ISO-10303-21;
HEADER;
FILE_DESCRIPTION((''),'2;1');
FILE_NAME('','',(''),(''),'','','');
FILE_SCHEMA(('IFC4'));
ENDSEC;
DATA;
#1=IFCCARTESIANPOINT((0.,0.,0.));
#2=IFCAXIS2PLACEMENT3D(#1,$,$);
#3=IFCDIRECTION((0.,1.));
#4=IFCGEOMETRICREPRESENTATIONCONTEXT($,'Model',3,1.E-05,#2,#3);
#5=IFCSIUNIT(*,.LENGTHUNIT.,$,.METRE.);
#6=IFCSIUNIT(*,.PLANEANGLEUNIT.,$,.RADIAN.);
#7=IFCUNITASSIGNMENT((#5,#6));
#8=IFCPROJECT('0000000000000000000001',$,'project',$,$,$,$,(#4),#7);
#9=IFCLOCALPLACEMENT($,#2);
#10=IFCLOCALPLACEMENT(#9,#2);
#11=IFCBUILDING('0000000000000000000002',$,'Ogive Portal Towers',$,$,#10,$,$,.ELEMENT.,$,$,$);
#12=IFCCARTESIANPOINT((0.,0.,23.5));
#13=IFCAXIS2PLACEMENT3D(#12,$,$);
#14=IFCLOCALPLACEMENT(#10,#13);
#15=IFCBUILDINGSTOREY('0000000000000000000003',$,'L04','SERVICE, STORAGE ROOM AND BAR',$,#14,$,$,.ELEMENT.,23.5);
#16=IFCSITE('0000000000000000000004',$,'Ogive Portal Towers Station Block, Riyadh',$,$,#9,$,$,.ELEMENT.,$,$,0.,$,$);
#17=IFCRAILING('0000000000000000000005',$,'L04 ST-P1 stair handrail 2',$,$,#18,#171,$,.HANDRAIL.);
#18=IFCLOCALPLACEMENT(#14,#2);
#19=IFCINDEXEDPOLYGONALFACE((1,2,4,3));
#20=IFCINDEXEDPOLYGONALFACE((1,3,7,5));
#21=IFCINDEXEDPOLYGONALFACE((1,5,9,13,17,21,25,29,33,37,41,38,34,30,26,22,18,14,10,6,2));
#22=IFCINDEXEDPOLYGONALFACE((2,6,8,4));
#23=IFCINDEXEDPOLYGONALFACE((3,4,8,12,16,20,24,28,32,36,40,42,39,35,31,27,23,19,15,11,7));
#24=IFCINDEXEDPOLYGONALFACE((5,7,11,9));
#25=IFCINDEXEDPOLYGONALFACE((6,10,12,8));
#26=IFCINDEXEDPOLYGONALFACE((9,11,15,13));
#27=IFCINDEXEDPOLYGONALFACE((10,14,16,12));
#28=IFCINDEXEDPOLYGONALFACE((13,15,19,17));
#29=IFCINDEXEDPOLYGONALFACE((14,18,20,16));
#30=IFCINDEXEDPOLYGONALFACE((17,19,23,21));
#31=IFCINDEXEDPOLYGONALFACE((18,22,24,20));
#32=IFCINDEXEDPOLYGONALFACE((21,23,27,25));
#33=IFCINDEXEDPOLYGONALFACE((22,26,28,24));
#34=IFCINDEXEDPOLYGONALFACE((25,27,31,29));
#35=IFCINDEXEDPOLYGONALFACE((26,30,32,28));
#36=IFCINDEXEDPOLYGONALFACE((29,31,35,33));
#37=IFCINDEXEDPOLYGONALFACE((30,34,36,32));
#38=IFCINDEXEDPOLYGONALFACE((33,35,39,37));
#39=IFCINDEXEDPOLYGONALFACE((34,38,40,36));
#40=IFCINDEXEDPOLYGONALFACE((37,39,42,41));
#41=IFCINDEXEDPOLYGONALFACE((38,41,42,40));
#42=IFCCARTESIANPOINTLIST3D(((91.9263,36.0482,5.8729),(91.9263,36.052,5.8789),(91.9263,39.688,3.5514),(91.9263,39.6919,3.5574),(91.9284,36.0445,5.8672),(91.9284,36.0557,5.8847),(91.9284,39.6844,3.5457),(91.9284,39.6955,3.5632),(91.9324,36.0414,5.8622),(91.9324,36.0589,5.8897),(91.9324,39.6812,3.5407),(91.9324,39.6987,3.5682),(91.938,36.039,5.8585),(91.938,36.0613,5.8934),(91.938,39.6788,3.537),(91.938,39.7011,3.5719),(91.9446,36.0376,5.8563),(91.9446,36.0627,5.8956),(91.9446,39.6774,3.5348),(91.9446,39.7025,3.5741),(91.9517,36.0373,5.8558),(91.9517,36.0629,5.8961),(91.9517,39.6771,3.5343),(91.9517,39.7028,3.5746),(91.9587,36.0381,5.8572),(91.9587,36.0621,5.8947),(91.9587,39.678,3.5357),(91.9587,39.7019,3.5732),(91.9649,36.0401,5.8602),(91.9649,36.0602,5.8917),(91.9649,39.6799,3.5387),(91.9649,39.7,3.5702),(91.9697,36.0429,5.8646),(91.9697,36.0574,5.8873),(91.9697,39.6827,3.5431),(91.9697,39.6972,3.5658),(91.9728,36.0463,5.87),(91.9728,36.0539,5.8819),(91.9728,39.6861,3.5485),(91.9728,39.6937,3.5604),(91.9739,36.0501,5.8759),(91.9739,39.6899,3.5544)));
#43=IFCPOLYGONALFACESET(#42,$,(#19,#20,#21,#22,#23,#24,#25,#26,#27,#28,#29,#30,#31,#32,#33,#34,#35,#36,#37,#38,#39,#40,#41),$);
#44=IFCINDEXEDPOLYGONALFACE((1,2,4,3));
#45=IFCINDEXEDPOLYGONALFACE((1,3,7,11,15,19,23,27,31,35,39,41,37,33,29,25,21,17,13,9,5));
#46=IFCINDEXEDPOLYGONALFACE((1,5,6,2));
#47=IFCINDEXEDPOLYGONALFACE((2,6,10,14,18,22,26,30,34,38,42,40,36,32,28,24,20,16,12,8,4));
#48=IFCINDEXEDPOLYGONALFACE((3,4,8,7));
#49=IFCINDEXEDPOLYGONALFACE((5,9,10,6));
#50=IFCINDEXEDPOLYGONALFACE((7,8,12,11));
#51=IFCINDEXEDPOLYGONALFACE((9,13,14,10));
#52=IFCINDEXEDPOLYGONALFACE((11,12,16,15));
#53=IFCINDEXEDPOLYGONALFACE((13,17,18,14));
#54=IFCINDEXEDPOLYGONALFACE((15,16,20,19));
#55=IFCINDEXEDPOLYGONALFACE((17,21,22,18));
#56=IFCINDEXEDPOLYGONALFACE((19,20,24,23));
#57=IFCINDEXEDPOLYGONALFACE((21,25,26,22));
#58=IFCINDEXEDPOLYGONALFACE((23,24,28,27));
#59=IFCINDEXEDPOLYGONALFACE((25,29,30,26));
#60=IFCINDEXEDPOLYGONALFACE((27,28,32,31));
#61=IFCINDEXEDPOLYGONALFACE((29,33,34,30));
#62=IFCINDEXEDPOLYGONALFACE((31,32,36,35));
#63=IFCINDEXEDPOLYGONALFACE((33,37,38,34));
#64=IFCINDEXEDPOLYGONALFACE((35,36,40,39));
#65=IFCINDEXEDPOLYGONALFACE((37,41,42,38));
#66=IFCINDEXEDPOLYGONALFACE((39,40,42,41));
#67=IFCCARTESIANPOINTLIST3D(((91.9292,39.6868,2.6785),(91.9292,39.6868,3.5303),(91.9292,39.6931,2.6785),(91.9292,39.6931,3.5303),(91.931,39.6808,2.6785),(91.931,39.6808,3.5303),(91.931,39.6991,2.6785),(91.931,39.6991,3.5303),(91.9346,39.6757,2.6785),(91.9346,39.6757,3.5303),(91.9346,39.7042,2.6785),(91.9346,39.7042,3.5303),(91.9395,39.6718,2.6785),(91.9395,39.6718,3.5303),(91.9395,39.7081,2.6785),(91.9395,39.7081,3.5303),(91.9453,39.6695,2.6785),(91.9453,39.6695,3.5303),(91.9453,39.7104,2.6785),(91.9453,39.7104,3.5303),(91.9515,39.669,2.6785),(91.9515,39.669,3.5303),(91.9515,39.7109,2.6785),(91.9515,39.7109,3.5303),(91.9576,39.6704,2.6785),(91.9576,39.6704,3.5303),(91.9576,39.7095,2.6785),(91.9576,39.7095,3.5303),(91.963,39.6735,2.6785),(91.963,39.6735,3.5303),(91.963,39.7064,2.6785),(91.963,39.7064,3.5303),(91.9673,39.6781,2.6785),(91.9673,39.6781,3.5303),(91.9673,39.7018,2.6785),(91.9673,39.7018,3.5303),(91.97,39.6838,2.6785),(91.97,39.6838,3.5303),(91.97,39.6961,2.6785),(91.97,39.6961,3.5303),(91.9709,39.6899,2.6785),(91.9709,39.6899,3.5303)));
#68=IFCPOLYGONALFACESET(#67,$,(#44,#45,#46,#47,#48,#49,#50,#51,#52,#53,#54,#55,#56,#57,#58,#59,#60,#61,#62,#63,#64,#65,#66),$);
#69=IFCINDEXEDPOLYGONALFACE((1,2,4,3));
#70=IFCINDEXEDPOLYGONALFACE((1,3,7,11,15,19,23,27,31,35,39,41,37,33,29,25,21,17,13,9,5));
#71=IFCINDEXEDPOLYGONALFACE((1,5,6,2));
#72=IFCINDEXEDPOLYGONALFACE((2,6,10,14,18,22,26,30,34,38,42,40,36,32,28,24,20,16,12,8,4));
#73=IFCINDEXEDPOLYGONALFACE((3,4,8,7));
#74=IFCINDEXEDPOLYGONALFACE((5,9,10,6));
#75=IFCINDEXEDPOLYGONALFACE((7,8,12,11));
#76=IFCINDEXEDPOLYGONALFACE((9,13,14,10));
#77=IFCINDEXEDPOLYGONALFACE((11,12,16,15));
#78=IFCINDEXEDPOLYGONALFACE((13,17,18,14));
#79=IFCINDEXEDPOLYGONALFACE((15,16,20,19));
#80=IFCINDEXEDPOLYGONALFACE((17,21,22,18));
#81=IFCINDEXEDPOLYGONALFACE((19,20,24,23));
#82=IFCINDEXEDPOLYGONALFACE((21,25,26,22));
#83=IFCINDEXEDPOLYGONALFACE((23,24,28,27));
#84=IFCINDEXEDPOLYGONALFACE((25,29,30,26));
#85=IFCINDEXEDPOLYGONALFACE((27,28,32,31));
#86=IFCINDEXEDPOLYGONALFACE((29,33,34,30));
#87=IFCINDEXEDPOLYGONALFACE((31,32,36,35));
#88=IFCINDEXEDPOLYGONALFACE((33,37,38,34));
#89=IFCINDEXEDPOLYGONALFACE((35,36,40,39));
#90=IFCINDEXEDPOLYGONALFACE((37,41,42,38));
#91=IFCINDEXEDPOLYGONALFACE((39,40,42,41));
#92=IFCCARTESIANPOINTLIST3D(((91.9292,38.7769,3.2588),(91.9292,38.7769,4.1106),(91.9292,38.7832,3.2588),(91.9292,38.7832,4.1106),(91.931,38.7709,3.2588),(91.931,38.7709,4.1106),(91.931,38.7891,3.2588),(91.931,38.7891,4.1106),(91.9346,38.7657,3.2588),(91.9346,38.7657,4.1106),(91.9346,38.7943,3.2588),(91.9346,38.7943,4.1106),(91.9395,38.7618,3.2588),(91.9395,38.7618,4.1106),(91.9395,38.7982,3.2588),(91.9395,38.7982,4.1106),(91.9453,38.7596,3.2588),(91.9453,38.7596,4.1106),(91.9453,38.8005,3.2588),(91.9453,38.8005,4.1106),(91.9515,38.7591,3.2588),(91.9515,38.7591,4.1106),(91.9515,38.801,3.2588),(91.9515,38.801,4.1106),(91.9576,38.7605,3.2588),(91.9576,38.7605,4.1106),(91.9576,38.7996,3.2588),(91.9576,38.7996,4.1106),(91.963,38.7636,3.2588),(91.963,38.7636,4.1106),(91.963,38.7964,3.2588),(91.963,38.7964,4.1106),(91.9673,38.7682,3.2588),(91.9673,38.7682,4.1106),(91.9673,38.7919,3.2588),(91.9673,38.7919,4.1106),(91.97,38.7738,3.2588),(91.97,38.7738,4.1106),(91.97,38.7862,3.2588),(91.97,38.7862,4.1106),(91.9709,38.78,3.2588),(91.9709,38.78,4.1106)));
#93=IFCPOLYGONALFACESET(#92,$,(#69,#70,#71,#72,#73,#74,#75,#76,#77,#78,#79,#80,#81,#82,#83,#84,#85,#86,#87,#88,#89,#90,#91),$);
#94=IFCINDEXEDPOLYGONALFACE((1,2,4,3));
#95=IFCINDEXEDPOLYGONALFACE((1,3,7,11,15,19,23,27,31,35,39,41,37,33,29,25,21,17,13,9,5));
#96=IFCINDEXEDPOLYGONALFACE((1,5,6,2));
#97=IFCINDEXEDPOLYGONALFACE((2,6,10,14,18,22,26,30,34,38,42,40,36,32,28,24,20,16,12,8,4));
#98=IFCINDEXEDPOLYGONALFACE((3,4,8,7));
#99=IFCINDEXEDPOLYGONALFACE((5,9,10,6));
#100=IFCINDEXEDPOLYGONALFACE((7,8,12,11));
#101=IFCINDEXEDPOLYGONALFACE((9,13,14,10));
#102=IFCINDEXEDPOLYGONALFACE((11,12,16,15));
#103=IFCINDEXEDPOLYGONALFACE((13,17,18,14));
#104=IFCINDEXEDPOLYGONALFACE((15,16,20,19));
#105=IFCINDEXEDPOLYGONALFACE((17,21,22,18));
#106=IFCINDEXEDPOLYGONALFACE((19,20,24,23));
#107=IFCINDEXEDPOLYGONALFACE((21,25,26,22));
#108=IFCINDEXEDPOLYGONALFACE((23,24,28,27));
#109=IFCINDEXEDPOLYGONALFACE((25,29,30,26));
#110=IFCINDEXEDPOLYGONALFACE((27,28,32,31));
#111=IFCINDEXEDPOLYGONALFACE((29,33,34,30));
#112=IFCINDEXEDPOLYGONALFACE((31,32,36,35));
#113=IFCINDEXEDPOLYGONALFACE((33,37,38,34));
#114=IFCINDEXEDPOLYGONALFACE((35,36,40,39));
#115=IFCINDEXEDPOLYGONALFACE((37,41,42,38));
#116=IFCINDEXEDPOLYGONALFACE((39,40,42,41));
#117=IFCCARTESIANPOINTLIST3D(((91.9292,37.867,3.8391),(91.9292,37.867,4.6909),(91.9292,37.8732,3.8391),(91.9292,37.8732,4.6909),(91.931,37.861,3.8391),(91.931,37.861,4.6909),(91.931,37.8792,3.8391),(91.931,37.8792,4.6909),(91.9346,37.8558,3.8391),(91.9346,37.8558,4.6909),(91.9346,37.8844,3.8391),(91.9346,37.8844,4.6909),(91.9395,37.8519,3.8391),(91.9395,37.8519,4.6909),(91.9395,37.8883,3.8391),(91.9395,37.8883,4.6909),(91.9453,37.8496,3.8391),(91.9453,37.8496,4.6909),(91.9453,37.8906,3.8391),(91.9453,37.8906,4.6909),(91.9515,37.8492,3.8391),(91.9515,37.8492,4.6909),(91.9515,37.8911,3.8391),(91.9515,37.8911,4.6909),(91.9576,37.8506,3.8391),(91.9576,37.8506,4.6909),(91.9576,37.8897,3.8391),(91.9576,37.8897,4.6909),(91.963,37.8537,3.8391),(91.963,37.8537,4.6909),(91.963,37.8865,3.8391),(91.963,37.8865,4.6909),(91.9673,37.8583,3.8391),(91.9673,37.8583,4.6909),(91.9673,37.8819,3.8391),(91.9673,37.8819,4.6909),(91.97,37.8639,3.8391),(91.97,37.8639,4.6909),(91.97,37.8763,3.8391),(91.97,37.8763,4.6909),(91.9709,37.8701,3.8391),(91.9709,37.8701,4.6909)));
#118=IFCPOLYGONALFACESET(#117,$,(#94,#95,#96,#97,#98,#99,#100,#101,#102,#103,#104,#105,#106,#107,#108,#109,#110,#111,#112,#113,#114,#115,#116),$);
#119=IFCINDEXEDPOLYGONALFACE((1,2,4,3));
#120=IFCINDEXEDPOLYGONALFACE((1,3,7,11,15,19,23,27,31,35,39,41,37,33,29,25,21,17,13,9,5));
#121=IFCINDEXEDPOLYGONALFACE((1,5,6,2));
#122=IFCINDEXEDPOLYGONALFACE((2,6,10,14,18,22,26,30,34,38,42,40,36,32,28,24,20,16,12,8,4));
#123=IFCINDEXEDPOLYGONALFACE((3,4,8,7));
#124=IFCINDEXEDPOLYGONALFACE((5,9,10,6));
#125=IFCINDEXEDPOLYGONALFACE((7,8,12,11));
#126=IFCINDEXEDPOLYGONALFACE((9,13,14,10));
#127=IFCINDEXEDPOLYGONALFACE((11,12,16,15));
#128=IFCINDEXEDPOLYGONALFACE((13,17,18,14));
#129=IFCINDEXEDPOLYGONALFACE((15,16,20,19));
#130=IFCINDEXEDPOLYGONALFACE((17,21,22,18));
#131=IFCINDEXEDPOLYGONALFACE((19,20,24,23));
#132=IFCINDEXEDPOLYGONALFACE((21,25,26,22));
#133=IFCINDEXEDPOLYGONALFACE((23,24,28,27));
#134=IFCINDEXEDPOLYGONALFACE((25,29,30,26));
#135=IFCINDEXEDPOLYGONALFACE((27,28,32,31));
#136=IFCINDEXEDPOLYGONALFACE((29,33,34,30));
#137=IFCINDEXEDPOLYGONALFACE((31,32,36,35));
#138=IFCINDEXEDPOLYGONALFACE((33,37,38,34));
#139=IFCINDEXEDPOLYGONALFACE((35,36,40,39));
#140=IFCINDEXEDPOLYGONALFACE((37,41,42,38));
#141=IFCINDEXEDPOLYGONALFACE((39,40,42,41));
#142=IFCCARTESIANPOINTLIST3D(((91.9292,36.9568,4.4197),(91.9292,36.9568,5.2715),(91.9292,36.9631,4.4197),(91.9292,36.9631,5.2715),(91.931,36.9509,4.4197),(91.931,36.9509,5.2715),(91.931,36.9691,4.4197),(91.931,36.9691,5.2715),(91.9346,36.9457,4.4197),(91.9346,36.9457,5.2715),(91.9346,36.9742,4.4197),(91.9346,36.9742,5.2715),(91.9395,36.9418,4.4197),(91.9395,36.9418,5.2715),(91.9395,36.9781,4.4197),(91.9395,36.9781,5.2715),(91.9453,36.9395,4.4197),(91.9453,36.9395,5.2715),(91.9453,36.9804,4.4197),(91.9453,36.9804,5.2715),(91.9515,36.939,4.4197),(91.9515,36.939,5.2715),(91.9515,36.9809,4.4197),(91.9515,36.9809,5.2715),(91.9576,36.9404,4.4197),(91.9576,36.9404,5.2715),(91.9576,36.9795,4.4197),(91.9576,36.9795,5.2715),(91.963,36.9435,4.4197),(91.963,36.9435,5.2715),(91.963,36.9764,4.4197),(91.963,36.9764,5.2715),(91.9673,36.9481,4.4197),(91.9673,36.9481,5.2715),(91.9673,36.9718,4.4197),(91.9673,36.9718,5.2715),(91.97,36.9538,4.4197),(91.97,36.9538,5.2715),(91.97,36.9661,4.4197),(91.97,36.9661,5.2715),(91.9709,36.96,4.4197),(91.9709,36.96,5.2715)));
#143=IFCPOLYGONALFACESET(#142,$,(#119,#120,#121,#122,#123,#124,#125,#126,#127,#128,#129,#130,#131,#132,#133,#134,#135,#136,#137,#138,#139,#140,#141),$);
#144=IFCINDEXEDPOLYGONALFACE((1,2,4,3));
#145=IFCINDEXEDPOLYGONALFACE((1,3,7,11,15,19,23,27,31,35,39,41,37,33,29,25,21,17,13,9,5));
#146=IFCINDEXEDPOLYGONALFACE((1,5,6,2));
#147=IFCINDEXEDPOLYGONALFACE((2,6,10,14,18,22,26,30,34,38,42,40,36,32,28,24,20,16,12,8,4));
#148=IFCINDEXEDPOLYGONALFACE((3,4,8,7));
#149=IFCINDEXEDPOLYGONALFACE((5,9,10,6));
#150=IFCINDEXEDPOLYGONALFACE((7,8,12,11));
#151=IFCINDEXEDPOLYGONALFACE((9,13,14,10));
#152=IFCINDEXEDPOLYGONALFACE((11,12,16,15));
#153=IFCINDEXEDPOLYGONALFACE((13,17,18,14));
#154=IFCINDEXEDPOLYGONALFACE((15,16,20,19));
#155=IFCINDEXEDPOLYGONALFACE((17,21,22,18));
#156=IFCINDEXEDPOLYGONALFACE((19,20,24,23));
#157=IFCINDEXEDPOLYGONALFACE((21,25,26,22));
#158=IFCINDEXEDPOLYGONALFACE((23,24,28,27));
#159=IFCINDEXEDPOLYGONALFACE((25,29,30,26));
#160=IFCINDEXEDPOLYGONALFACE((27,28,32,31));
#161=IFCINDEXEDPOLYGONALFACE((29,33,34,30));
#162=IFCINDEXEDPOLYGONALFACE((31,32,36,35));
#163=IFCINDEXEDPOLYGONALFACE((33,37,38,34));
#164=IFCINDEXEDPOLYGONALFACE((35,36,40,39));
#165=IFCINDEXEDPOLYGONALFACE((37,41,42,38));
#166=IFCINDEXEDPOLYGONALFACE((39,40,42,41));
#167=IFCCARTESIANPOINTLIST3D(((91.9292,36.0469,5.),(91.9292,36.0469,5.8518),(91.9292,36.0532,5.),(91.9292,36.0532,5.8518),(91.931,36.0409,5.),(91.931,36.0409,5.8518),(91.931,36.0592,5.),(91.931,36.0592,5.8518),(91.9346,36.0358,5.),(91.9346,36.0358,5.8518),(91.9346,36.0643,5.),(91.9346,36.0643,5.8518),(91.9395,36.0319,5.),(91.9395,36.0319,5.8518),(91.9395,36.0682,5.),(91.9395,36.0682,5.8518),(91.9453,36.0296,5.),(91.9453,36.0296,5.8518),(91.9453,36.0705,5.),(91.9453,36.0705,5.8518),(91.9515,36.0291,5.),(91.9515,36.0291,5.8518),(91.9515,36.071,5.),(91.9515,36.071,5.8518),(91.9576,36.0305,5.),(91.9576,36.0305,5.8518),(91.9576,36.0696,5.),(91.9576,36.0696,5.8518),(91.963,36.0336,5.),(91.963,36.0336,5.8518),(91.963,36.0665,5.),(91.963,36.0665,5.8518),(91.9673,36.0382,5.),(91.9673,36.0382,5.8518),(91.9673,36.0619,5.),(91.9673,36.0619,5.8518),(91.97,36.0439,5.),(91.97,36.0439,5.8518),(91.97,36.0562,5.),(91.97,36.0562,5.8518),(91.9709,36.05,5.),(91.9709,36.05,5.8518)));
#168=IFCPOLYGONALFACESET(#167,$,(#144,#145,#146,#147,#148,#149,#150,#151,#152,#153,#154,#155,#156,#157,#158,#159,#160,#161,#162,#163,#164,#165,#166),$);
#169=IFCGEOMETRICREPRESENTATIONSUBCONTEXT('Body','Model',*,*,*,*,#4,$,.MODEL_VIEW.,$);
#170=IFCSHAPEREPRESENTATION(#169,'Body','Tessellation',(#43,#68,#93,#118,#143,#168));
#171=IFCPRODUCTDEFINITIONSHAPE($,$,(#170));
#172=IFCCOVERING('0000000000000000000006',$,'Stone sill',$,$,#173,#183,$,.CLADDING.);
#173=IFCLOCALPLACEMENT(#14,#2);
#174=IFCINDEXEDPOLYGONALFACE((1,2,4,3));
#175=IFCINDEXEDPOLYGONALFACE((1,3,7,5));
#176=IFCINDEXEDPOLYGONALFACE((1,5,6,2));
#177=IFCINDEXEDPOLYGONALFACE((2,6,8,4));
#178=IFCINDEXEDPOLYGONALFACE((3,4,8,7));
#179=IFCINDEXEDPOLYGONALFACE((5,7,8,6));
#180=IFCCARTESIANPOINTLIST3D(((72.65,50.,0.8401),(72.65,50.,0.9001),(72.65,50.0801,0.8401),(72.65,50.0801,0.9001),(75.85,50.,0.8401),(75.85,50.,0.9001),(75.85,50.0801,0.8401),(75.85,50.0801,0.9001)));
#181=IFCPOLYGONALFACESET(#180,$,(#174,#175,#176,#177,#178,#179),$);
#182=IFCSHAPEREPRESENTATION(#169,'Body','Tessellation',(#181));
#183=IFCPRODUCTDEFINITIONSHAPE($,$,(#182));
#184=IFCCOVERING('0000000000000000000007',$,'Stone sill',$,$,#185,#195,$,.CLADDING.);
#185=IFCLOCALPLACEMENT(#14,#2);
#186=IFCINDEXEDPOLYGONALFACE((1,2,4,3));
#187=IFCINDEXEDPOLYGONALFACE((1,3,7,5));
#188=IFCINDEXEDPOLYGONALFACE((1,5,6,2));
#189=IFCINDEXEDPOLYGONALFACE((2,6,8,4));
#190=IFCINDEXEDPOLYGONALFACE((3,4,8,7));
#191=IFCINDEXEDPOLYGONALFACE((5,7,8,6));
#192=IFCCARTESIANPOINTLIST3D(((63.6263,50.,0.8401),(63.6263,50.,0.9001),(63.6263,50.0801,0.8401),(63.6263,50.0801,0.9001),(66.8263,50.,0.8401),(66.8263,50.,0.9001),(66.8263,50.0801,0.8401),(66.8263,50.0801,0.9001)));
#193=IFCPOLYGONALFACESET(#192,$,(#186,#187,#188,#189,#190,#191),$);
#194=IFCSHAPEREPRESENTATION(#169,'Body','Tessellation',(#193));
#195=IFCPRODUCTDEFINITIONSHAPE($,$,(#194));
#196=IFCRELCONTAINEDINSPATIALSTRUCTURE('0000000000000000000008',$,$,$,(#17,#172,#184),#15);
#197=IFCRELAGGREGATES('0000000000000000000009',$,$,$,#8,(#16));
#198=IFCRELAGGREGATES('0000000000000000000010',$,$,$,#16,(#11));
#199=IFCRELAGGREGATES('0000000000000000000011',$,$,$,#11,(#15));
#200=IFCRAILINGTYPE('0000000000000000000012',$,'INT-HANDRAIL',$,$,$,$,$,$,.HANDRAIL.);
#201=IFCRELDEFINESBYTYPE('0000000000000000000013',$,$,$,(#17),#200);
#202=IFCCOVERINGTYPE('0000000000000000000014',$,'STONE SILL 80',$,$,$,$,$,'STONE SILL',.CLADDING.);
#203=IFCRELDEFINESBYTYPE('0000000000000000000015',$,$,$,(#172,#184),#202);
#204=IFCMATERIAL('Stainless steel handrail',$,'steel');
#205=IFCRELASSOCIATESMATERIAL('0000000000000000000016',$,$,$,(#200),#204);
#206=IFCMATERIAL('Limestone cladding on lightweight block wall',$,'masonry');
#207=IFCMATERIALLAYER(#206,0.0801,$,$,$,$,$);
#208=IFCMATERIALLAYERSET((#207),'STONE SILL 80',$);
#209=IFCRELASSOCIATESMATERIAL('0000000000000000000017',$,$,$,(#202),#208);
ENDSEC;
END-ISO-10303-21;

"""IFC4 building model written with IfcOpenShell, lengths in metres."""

from ifc_helpers import new_model, si_unit, direction, frame, origin, origin_2d, place, context, subcontext, project, spatial, rectangle, circle, extrude, material, layer, layer_set, type_object, element, save


model = new_model("IFC4")

# Units and contexts
model_context = context("Model", 3, precision=1e-05, world=origin(), true_north=direction((0.0, 1.0)))
body_context = subcontext(model_context, "Body", "Model", "MODEL_VIEW")
ifc_project = project(units=[si_unit("LENGTHUNIT", "METRE"), si_unit("PLANEANGLEUNIT", "RADIAN")], contexts=[model_context])

# Site, building, storey
site_placement = place(None, origin())
site = spatial("IfcSite", under=ifc_project, at=site_placement, Name="Ogive Portal Towers Station Block, Riyadh", CompositionType="ELEMENT", RefElevation=0.0)
building_placement = place(site_placement, origin())
building = spatial("IfcBuilding", under=site, at=building_placement, Name="Ogive Portal Towers", CompositionType="ELEMENT")
storey_placement = place(building_placement, frame((0.0, 0.0, 23.5)))
storey = spatial("IfcBuildingStorey", under=building, at=storey_placement, Name="L04", Description="SERVICE, STORAGE ROOM AND BAR", CompositionType="ELEMENT", Elevation=23.5)

# Railing
ifc_material_1 = material(Name="Stainless steel handrail", Category="steel")
railing_type = type_object("IfcRailingType", Name="INT-HANDRAIL", PredefinedType="HANDRAIL", material=ifc_material_1)
railing_placement = place(storey_placement, frame((91.95, 39.6899, 2.6785)))
element("IfcRailing", 1, at=railing_placement, inside=storey, type_object=railing_type, Name="L04 ST-P1 stair handrail 2", PredefinedType="HANDRAIL", context=body_context, shape_type="SweptSolid", body=[
    extrude(circle(Radius=0.0239, at=origin_2d()), frame((0.0, 0.0, 0.876), z_axis=(0.0, -0.843112, 0.537739), x_axis=(1.0, 0.0, 0.0)), (0.0, 0.0, 1.0), 4.3171),
    extrude(circle(Radius=0.021, at=origin_2d()), origin(), (0.0, 0.0, 1.0), 0.8518),
    extrude(circle(Radius=0.021, at=origin_2d()), frame((0.0, -0.9099, 0.5803)), (0.0, 0.0, 1.0), 0.8518),
    extrude(circle(Radius=0.021, at=origin_2d()), frame((0.0, -1.8198, 1.1606)), (0.0, 0.0, 1.0), 0.8518),
    extrude(circle(Radius=0.021, at=origin_2d()), frame((0.0, -2.73, 1.7412)), (0.0, 0.0, 1.0), 0.8518),
    extrude(circle(Radius=0.021, at=origin_2d()), frame((0.0, -3.6399, 2.3215)), (0.0, 0.0, 1.0), 0.8518),
])

# Coverings
ifc_material_2 = material(Name="Limestone cladding on lightweight block wall", Category="masonry")
ifc_layer_1 = layer(ifc_material_2, 0.0801)
ifc_layer_set_1 = layer_set([ifc_layer_1], Name="STONE SILL 80")
covering_type = type_object("IfcCoveringType", Name="STONE SILL 80", ElementType="STONE SILL", PredefinedType="CLADDING", material=ifc_layer_set_1)
for number, where, z_axis, x_axis, name in (
    (2, (74.25, 50.04, 0.8401), (0.0, 0.0, 1.0), (-1.0, 0.0, 0.0), "Stone sill"),
    (3, (65.2263, 50.04, 0.8401), (0.0, 0.0, 1.0), (-1.0, 0.0, 0.0), "Stone sill"),
):
    element("IfcCovering", number, at=place(storey_placement, frame(where, z_axis=z_axis, x_axis=x_axis)), inside=storey, type_object=covering_type, Name=name, PredefinedType="CLADDING", context=body_context, shape_type="SweptSolid", body=[
        extrude(rectangle(XDim=3.2, YDim=0.0801, at=origin_2d()), origin(), (0.0, 0.0, 1.0), 0.0601),
    ])

save(model, "model.ifc")
